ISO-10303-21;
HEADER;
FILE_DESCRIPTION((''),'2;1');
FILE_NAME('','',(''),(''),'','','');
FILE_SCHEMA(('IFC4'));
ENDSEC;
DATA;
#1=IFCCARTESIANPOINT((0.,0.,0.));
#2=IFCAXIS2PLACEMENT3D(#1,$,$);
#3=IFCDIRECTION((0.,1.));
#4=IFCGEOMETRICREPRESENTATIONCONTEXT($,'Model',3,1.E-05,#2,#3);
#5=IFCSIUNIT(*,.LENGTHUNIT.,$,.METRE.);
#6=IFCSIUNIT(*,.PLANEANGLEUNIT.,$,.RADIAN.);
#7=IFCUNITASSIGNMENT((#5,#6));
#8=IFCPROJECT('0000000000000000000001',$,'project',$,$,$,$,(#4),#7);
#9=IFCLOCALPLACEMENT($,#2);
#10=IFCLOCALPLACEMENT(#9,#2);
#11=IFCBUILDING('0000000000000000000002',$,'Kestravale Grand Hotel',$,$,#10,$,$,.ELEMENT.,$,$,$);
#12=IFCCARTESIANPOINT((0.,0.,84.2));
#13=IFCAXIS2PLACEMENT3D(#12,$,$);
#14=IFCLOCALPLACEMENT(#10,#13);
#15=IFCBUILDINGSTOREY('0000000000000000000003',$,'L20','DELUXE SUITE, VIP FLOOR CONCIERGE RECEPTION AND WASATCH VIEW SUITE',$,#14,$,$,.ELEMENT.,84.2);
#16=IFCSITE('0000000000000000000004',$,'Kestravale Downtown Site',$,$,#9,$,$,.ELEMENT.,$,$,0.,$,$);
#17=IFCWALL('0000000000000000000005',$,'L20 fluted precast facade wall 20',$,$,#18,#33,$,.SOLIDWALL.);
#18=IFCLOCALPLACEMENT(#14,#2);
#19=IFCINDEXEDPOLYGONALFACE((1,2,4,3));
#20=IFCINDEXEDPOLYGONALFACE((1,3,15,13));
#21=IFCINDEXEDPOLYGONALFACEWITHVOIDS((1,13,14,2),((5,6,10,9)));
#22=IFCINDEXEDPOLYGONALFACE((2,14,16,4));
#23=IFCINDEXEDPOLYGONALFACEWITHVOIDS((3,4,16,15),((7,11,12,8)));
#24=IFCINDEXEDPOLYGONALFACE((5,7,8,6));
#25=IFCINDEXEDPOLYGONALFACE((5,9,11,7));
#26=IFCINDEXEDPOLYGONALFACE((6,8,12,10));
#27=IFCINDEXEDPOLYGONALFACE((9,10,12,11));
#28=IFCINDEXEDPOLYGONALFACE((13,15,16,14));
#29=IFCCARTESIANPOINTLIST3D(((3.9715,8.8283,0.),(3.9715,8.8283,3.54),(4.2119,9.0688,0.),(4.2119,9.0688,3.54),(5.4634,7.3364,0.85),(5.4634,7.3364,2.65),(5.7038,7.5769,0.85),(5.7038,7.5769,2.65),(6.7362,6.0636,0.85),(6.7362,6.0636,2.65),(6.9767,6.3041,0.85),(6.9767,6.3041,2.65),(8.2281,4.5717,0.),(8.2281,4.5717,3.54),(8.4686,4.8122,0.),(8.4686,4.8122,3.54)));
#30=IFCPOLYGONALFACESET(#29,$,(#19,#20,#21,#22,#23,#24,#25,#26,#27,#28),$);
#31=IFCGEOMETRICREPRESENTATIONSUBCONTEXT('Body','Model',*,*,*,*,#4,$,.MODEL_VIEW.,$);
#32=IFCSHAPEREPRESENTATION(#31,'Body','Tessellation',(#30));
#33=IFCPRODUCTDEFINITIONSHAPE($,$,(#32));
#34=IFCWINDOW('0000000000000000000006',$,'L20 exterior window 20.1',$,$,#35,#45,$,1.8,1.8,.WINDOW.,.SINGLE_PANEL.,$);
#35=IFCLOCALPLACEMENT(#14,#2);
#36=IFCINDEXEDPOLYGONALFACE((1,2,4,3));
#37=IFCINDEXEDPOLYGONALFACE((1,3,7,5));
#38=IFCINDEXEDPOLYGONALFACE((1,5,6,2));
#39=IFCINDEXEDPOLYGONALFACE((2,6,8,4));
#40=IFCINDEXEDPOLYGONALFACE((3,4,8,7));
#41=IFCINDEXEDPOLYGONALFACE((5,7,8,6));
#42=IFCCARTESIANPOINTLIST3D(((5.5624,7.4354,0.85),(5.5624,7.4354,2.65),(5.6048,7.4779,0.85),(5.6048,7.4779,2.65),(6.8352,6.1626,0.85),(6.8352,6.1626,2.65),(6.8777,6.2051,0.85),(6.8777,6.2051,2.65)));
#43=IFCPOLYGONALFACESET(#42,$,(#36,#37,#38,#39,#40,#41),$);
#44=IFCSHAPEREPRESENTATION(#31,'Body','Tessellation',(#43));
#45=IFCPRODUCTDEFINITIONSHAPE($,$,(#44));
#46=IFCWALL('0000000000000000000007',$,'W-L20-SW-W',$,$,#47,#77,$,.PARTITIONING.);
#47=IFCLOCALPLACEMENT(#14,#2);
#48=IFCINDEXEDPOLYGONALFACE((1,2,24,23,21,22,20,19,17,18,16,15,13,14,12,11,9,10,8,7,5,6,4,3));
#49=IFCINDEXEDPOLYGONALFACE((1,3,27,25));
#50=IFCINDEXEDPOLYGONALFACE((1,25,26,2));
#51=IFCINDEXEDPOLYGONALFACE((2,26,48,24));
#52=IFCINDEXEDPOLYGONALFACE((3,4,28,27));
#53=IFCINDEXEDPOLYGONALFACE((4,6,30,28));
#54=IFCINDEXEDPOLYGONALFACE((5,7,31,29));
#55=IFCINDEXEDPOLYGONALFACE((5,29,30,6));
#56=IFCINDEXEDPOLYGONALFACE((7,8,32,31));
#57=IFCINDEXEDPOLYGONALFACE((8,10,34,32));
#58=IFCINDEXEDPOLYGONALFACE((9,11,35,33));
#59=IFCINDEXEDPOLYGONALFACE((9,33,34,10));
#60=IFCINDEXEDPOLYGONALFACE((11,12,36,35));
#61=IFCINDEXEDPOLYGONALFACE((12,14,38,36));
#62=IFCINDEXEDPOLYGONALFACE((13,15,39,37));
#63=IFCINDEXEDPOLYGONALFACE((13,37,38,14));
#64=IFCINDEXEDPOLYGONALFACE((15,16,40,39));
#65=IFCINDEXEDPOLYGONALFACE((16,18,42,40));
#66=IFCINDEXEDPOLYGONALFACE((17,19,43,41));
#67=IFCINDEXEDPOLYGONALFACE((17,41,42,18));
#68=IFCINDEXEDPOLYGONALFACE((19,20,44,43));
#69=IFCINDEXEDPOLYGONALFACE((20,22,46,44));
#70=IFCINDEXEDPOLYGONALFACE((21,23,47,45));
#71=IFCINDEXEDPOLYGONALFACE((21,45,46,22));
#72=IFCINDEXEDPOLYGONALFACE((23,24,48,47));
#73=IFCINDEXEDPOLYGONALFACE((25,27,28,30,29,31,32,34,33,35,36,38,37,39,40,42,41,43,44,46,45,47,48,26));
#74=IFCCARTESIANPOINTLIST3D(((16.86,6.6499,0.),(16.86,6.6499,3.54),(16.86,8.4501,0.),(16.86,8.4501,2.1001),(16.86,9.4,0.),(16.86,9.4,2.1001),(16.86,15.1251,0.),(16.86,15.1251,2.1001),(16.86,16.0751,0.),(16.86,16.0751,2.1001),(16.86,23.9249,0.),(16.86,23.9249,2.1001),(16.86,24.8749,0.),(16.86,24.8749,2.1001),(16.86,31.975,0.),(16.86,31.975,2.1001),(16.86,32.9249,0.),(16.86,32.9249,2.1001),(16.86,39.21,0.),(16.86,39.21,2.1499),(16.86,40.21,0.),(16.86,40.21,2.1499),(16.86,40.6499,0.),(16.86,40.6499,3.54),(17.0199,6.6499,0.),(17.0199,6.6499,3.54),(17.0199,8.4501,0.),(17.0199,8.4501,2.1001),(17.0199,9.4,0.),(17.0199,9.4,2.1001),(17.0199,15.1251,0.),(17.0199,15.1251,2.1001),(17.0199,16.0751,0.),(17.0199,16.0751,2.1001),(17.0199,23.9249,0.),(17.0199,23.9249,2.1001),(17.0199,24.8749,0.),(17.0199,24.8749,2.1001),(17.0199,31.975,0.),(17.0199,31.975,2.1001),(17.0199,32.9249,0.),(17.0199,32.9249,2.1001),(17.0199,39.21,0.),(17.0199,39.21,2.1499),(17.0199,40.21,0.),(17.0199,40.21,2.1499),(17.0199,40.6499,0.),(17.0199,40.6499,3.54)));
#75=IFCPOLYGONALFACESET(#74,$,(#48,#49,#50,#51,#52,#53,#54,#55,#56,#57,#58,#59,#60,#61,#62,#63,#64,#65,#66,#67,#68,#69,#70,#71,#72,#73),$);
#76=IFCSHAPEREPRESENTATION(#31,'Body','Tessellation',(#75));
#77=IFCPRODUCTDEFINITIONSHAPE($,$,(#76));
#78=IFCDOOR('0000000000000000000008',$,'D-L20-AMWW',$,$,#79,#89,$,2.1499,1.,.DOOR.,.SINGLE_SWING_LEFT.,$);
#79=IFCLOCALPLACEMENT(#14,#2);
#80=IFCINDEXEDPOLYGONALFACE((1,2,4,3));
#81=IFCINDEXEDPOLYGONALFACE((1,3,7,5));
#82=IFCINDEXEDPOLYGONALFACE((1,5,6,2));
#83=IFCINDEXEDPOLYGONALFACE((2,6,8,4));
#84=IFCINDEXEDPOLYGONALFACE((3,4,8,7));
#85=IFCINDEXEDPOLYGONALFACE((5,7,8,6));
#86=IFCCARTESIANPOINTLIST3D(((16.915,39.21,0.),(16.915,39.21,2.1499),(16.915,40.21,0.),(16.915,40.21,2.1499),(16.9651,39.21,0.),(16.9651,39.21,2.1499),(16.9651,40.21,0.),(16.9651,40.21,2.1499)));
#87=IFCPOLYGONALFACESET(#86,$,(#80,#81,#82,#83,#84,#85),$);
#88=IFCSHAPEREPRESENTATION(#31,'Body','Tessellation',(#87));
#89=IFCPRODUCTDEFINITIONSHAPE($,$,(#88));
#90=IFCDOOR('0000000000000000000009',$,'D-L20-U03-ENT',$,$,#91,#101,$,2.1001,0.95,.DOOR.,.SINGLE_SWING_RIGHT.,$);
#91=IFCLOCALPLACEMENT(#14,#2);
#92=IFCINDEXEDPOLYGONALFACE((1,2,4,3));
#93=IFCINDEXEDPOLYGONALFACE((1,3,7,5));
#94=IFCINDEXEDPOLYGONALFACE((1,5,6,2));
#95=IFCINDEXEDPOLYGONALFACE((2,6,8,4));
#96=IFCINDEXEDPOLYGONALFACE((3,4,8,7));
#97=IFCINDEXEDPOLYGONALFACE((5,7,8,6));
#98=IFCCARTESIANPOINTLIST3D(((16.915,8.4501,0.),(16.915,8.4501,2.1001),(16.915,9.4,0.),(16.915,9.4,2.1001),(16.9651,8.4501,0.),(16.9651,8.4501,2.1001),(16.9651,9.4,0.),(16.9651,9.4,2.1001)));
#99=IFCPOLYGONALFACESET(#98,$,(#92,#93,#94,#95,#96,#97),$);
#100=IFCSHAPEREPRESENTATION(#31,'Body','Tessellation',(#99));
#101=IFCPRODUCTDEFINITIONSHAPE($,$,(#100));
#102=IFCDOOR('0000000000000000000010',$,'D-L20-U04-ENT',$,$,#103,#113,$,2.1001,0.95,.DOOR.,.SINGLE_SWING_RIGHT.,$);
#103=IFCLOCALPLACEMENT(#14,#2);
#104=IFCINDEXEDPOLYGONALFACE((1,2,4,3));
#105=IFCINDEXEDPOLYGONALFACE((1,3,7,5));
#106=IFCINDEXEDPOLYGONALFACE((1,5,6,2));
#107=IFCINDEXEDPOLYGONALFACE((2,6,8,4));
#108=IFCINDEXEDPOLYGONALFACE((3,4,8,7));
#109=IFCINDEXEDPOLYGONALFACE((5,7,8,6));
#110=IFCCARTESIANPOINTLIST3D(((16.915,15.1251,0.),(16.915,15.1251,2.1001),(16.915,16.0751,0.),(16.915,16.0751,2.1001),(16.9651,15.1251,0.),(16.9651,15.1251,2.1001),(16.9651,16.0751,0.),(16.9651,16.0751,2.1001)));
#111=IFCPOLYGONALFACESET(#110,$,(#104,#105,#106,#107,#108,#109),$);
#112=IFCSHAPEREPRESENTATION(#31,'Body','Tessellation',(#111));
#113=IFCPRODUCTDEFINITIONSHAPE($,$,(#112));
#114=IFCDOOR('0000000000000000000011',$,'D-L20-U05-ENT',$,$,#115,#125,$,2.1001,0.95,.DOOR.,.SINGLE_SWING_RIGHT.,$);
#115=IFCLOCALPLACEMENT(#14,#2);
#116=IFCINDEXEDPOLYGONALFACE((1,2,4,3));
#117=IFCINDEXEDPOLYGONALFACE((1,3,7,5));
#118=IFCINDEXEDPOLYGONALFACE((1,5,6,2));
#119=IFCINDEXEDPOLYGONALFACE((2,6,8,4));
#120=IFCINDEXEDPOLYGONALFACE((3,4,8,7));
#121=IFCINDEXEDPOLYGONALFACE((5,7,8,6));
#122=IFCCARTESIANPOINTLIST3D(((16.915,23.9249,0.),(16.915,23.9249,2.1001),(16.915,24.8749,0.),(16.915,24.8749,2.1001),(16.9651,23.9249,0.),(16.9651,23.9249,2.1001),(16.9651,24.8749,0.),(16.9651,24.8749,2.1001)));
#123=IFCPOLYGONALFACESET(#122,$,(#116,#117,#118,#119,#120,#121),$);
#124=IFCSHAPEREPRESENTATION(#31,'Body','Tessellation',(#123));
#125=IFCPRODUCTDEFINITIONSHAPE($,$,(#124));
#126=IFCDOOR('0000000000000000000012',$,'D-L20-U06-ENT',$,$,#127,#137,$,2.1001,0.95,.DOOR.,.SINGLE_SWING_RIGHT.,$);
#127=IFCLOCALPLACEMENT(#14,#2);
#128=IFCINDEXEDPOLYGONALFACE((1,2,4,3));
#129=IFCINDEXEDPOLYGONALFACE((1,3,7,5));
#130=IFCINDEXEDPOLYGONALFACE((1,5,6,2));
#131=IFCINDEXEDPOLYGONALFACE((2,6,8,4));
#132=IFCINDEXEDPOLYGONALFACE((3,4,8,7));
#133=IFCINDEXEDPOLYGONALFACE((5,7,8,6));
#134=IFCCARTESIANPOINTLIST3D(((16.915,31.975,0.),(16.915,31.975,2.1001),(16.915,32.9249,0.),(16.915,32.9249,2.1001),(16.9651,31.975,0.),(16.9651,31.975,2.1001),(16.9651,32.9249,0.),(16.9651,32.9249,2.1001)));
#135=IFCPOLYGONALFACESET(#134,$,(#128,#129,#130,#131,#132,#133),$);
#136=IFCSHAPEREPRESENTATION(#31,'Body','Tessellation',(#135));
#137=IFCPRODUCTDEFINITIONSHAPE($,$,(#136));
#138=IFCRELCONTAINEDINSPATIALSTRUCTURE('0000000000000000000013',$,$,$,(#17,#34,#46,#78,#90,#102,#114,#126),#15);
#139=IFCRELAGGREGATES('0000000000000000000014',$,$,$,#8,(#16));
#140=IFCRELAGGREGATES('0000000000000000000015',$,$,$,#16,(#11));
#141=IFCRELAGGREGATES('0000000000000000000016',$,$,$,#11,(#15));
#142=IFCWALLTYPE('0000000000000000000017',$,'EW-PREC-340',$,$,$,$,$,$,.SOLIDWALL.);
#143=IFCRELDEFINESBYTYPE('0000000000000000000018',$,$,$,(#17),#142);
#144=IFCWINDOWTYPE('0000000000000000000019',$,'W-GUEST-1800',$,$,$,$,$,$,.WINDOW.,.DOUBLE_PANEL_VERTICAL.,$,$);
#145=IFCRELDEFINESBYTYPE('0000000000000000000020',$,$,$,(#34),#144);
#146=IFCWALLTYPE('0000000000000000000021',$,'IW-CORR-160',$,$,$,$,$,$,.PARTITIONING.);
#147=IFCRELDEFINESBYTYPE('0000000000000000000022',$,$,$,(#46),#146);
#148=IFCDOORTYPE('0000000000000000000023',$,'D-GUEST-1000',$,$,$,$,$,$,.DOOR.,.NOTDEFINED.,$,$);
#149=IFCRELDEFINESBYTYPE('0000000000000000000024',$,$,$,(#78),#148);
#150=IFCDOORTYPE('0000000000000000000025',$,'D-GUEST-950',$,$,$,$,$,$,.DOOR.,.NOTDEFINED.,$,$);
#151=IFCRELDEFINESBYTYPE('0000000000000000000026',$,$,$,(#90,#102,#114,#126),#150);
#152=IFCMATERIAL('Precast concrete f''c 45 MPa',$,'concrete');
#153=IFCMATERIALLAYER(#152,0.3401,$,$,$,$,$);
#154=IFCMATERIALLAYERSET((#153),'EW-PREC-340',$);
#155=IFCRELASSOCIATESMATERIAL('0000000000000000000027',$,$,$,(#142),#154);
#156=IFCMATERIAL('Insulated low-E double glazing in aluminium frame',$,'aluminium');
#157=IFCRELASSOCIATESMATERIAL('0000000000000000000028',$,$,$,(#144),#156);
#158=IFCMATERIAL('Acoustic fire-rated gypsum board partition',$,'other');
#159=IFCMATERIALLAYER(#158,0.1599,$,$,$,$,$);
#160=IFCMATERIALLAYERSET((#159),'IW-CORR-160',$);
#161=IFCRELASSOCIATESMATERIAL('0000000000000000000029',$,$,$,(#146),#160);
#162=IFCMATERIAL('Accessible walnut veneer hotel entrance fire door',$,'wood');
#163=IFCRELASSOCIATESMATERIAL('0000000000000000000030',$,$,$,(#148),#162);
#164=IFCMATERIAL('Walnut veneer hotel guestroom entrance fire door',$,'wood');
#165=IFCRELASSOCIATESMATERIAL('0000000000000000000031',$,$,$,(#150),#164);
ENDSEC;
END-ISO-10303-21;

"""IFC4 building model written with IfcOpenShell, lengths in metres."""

from ifc_helpers import new_model, si_unit, direction, frame, frame_2d, origin, place, context, subcontext, project, spatial, rectangle, extrude, material, layer, layer_set, type_object, element, fill, save


model = new_model("IFC4")

# Units and contexts
model_context = context("Model", 3, precision=1e-05, world=origin(), true_north=direction((0.0, 1.0)))
body_context = subcontext(model_context, "Body", "Model", "MODEL_VIEW")
ifc_project = project(units=[si_unit("LENGTHUNIT", "METRE"), si_unit("PLANEANGLEUNIT", "RADIAN")], contexts=[model_context])

# Site, building, storey
site_placement = place(None, origin())
site = spatial("IfcSite", under=ifc_project, at=site_placement, Name="Kestravale Downtown Site", CompositionType="ELEMENT", RefElevation=0.0)
building_placement = place(site_placement, origin())
building = spatial("IfcBuilding", under=site, at=building_placement, Name="Kestravale Grand Hotel", CompositionType="ELEMENT")
storey_placement = place(building_placement, frame((0.0, 0.0, 84.2)))
storey = spatial("IfcBuildingStorey", under=building, at=storey_placement, Name="L20", Description="DELUXE SUITE, VIP FLOOR CONCIERGE RECEPTION AND WASATCH VIEW SUITE", CompositionType="ELEMENT", Elevation=84.2)

# Wall, opening, window
ifc_material_1 = material(Name="Precast concrete f'c 45 MPa", Category="concrete")
ifc_layer_1 = layer(ifc_material_1, 0.3401)
ifc_layer_set_1 = layer_set([ifc_layer_1], Name="EW-PREC-340")
wall_type_1 = type_object("IfcWallType", Name="EW-PREC-340", PredefinedType="SOLIDWALL", material=ifc_layer_set_1)
ifc_material_2 = material(Name="Insulated low-E double glazing in aluminium frame", Category="aluminium")
window_type = type_object("IfcWindowType", Name="W-GUEST-1800", PartitioningType="DOUBLE_PANEL_VERTICAL", PredefinedType="WINDOW", material=ifc_material_2)
wall_1_placement = place(storey_placement, frame((4.0918, 8.9485, 0.0), z_axis=(0.0, 0.0, 1.0), x_axis=(0.707107, -0.707107, 0.0)))
wall_1 = element("IfcWall", 1, at=wall_1_placement, inside=storey, type_object=wall_type_1, Name="L20 fluted precast facade wall 20", PredefinedType="SOLIDWALL", context=body_context, shape_type="SweptSolid", body=[
    extrude(rectangle(XDim=6.0198, YDim=0.3401, at=frame_2d((3.0098, 0.0))), origin(), (0.0, 0.0, 1.0), 3.54),
])
opening_1_placement = place(wall_1_placement, frame((2.1099, 0.0, 0.8501)))
opening_1 = element("IfcOpeningElement", 2, at=opening_1_placement, cuts=wall_1, PredefinedType="OPENING", context=body_context, shape_type="SweptSolid", body=[
    extrude(rectangle(XDim=1.8, YDim=1.8, at=frame_2d((0.8999, 0.8999))), frame((0.0, 0.1799, 0.0), z_axis=(0.0, -1.0, 0.0), x_axis=(1.0, 0.0, 0.0)), (0.0, 0.0, 1.0), 0.3601),
])
window_1_placement = place(opening_1_placement, origin())
window_1 = element("IfcWindow", 3, at=window_1_placement, inside=storey, type_object=window_type, Name="L20 exterior window 20.1", OverallHeight=1.8, OverallWidth=1.8, PartitioningType="SINGLE_PANEL", PredefinedType="WINDOW", context=body_context, shape_type="SweptSolid", body=[
    extrude(rectangle(XDim=1.8, YDim=1.8, at=frame_2d((0.8999, 0.8999))), frame((0.0, 0.03, 0.0), z_axis=(0.0, -1.0, 0.0), x_axis=(1.0, 0.0, 0.0)), (0.0, 0.0, 1.0), 0.0601),
])
fill(opening_1, window_1)

# Wall, openings, doors
ifc_material_3 = material(Name="Acoustic fire-rated gypsum board partition", Category="other")
ifc_layer_2 = layer(ifc_material_3, 0.1599)
ifc_layer_set_2 = layer_set([ifc_layer_2], Name="IW-CORR-160")
wall_type_2 = type_object("IfcWallType", Name="IW-CORR-160", PredefinedType="PARTITIONING", material=ifc_layer_set_2)
wall_2_placement = place(storey_placement, frame((16.9399, 6.6499, 0.0), z_axis=(0.0, 0.0, 1.0), x_axis=(0.0, 1.0, 0.0)))
wall_2 = element("IfcWall", 4, at=wall_2_placement, inside=storey, type_object=wall_type_2, Name="W-L20-SW-W", PredefinedType="PARTITIONING", context=body_context, shape_type="SweptSolid", body=[
    extrude(rectangle(XDim=34.0, YDim=0.1599, at=frame_2d((17.0, 0.0))), origin(), (0.0, 0.0, 1.0), 3.54),
])
opening_2_placement = place(wall_2_placement, frame((1.8, 0.0, 0.0)))
opening_2 = element("IfcOpeningElement", 5, at=opening_2_placement, cuts=wall_2, PredefinedType="OPENING", context=body_context, shape_type="SweptSolid", body=[
    extrude(rectangle(XDim=0.95, YDim=2.1001, at=frame_2d((0.4751, 1.05))), frame((0.0, 0.0898, 0.0), z_axis=(0.0, -1.0, 0.0), x_axis=(1.0, 0.0, 0.0)), (0.0, 0.0, 1.0), 0.1799),
])
opening_3_placement = place(wall_2_placement, frame((8.4751, 0.0, 0.0)))
opening_3 = element("IfcOpeningElement", 6, at=opening_3_placement, cuts=wall_2, PredefinedType="OPENING", context=body_context, shape_type="SweptSolid", body=[
    extrude(rectangle(XDim=0.95, YDim=2.1001, at=frame_2d((0.4751, 1.05))), frame((0.0, 0.0898, 0.0), z_axis=(0.0, -1.0, 0.0), x_axis=(1.0, 0.0, 0.0)), (0.0, 0.0, 1.0), 0.1799),
])
opening_4_placement = place(wall_2_placement, frame((17.2749, 0.0, 0.0)))
opening_4 = element("IfcOpeningElement", 7, at=opening_4_placement, cuts=wall_2, PredefinedType="OPENING", context=body_context, shape_type="SweptSolid", body=[
    extrude(rectangle(XDim=0.95, YDim=2.1001, at=frame_2d((0.4751, 1.05))), frame((0.0, 0.0898, 0.0), z_axis=(0.0, -1.0, 0.0), x_axis=(1.0, 0.0, 0.0)), (0.0, 0.0, 1.0), 0.1799),
])
opening_5_placement = place(wall_2_placement, frame((25.325, 0.0, 0.0)))
opening_5 = element("IfcOpeningElement", 8, at=opening_5_placement, cuts=wall_2, PredefinedType="OPENING", context=body_context, shape_type="SweptSolid", body=[
    extrude(rectangle(XDim=0.95, YDim=2.1001, at=frame_2d((0.4751, 1.05))), frame((0.0, 0.0898, 0.0), z_axis=(0.0, -1.0, 0.0), x_axis=(1.0, 0.0, 0.0)), (0.0, 0.0, 1.0), 0.1799),
])
opening_6_placement = place(wall_2_placement, frame((32.5601, 0.0, 0.0)))
opening_6 = element("IfcOpeningElement", 9, at=opening_6_placement, cuts=wall_2, PredefinedType="OPENING", context=body_context, shape_type="SweptSolid", body=[
    extrude(rectangle(XDim=1.0, YDim=2.1499, at=frame_2d((0.5, 1.075))), frame((0.0, 0.0898, 0.0), z_axis=(0.0, -1.0, 0.0), x_axis=(1.0, 0.0, 0.0)), (0.0, 0.0, 1.0), 0.1799),
])
ifc_material_4 = material(Name="Accessible walnut veneer hotel entrance fire door", Category="wood")
door_type_1 = type_object("IfcDoorType", Name="D-GUEST-1000", OperationType="NOTDEFINED", PredefinedType="DOOR", material=ifc_material_4)
door_1_placement = place(opening_6_placement, origin())
door_1 = element("IfcDoor", 10, at=door_1_placement, inside=storey, type_object=door_type_1, Name="D-L20-AMWW", OperationType="SINGLE_SWING_LEFT", OverallHeight=2.1499, OverallWidth=1.0, PredefinedType="DOOR", context=body_context, shape_type="SweptSolid", body=[
    extrude(rectangle(XDim=1.0, YDim=2.1499, at=frame_2d((0.5, 1.075))), frame((0.0, 0.0249, 0.0), z_axis=(0.0, -1.0, 0.0), x_axis=(1.0, 0.0, 0.0)), (0.0, 0.0, 1.0), 0.05),
])
fill(opening_6, door_1)
ifc_material_5 = material(Name="Walnut veneer hotel guestroom entrance fire door", Category="wood")
door_type_2 = type_object("IfcDoorType", Name="D-GUEST-950", OperationType="NOTDEFINED", PredefinedType="DOOR", material=ifc_material_5)
door_2_placement = place(opening_2_placement, origin())
door_2 = element("IfcDoor", 11, at=door_2_placement, inside=storey, type_object=door_type_2, Name="D-L20-U03-ENT", OperationType="SINGLE_SWING_RIGHT", OverallHeight=2.1001, OverallWidth=0.95, PredefinedType="DOOR", context=body_context, shape_type="SweptSolid", body=[
    extrude(rectangle(XDim=0.95, YDim=2.1001, at=frame_2d((0.4751, 1.05))), frame((0.0, 0.0249, 0.0), z_axis=(0.0, -1.0, 0.0), x_axis=(1.0, 0.0, 0.0)), (0.0, 0.0, 1.0), 0.05),
])
fill(opening_2, door_2)
door_3_placement = place(opening_3_placement, origin())
door_3 = element("IfcDoor", 12, at=door_3_placement, inside=storey, type_object=door_type_2, Name="D-L20-U04-ENT", OperationType="SINGLE_SWING_RIGHT", OverallHeight=2.1001, OverallWidth=0.95, PredefinedType="DOOR", context=body_context, shape_type="SweptSolid", body=[
    extrude(rectangle(XDim=0.95, YDim=2.1001, at=frame_2d((0.4751, 1.05))), frame((0.0, 0.0249, 0.0), z_axis=(0.0, -1.0, 0.0), x_axis=(1.0, 0.0, 0.0)), (0.0, 0.0, 1.0), 0.05),
])
fill(opening_3, door_3)
door_4_placement = place(opening_4_placement, origin())
door_4 = element("IfcDoor", 13, at=door_4_placement, inside=storey, type_object=door_type_2, Name="D-L20-U05-ENT", OperationType="SINGLE_SWING_RIGHT", OverallHeight=2.1001, OverallWidth=0.95, PredefinedType="DOOR", context=body_context, shape_type="SweptSolid", body=[
    extrude(rectangle(XDim=0.95, YDim=2.1001, at=frame_2d((0.4751, 1.05))), frame((0.0, 0.0249, 0.0), z_axis=(0.0, -1.0, 0.0), x_axis=(1.0, 0.0, 0.0)), (0.0, 0.0, 1.0), 0.05),
])
fill(opening_4, door_4)
door_5_placement = place(opening_5_placement, origin())
door_5 = element("IfcDoor", 14, at=door_5_placement, inside=storey, type_object=door_type_2, Name="D-L20-U06-ENT", OperationType="SINGLE_SWING_RIGHT", OverallHeight=2.1001, OverallWidth=0.95, PredefinedType="DOOR", context=body_context, shape_type="SweptSolid", body=[
    extrude(rectangle(XDim=0.95, YDim=2.1001, at=frame_2d((0.4751, 1.05))), frame((0.0, 0.0249, 0.0), z_axis=(0.0, -1.0, 0.0), x_axis=(1.0, 0.0, 0.0)), (0.0, 0.0, 1.0), 0.05),
])
fill(opening_5, door_5)

save(model, "model.ifc")
